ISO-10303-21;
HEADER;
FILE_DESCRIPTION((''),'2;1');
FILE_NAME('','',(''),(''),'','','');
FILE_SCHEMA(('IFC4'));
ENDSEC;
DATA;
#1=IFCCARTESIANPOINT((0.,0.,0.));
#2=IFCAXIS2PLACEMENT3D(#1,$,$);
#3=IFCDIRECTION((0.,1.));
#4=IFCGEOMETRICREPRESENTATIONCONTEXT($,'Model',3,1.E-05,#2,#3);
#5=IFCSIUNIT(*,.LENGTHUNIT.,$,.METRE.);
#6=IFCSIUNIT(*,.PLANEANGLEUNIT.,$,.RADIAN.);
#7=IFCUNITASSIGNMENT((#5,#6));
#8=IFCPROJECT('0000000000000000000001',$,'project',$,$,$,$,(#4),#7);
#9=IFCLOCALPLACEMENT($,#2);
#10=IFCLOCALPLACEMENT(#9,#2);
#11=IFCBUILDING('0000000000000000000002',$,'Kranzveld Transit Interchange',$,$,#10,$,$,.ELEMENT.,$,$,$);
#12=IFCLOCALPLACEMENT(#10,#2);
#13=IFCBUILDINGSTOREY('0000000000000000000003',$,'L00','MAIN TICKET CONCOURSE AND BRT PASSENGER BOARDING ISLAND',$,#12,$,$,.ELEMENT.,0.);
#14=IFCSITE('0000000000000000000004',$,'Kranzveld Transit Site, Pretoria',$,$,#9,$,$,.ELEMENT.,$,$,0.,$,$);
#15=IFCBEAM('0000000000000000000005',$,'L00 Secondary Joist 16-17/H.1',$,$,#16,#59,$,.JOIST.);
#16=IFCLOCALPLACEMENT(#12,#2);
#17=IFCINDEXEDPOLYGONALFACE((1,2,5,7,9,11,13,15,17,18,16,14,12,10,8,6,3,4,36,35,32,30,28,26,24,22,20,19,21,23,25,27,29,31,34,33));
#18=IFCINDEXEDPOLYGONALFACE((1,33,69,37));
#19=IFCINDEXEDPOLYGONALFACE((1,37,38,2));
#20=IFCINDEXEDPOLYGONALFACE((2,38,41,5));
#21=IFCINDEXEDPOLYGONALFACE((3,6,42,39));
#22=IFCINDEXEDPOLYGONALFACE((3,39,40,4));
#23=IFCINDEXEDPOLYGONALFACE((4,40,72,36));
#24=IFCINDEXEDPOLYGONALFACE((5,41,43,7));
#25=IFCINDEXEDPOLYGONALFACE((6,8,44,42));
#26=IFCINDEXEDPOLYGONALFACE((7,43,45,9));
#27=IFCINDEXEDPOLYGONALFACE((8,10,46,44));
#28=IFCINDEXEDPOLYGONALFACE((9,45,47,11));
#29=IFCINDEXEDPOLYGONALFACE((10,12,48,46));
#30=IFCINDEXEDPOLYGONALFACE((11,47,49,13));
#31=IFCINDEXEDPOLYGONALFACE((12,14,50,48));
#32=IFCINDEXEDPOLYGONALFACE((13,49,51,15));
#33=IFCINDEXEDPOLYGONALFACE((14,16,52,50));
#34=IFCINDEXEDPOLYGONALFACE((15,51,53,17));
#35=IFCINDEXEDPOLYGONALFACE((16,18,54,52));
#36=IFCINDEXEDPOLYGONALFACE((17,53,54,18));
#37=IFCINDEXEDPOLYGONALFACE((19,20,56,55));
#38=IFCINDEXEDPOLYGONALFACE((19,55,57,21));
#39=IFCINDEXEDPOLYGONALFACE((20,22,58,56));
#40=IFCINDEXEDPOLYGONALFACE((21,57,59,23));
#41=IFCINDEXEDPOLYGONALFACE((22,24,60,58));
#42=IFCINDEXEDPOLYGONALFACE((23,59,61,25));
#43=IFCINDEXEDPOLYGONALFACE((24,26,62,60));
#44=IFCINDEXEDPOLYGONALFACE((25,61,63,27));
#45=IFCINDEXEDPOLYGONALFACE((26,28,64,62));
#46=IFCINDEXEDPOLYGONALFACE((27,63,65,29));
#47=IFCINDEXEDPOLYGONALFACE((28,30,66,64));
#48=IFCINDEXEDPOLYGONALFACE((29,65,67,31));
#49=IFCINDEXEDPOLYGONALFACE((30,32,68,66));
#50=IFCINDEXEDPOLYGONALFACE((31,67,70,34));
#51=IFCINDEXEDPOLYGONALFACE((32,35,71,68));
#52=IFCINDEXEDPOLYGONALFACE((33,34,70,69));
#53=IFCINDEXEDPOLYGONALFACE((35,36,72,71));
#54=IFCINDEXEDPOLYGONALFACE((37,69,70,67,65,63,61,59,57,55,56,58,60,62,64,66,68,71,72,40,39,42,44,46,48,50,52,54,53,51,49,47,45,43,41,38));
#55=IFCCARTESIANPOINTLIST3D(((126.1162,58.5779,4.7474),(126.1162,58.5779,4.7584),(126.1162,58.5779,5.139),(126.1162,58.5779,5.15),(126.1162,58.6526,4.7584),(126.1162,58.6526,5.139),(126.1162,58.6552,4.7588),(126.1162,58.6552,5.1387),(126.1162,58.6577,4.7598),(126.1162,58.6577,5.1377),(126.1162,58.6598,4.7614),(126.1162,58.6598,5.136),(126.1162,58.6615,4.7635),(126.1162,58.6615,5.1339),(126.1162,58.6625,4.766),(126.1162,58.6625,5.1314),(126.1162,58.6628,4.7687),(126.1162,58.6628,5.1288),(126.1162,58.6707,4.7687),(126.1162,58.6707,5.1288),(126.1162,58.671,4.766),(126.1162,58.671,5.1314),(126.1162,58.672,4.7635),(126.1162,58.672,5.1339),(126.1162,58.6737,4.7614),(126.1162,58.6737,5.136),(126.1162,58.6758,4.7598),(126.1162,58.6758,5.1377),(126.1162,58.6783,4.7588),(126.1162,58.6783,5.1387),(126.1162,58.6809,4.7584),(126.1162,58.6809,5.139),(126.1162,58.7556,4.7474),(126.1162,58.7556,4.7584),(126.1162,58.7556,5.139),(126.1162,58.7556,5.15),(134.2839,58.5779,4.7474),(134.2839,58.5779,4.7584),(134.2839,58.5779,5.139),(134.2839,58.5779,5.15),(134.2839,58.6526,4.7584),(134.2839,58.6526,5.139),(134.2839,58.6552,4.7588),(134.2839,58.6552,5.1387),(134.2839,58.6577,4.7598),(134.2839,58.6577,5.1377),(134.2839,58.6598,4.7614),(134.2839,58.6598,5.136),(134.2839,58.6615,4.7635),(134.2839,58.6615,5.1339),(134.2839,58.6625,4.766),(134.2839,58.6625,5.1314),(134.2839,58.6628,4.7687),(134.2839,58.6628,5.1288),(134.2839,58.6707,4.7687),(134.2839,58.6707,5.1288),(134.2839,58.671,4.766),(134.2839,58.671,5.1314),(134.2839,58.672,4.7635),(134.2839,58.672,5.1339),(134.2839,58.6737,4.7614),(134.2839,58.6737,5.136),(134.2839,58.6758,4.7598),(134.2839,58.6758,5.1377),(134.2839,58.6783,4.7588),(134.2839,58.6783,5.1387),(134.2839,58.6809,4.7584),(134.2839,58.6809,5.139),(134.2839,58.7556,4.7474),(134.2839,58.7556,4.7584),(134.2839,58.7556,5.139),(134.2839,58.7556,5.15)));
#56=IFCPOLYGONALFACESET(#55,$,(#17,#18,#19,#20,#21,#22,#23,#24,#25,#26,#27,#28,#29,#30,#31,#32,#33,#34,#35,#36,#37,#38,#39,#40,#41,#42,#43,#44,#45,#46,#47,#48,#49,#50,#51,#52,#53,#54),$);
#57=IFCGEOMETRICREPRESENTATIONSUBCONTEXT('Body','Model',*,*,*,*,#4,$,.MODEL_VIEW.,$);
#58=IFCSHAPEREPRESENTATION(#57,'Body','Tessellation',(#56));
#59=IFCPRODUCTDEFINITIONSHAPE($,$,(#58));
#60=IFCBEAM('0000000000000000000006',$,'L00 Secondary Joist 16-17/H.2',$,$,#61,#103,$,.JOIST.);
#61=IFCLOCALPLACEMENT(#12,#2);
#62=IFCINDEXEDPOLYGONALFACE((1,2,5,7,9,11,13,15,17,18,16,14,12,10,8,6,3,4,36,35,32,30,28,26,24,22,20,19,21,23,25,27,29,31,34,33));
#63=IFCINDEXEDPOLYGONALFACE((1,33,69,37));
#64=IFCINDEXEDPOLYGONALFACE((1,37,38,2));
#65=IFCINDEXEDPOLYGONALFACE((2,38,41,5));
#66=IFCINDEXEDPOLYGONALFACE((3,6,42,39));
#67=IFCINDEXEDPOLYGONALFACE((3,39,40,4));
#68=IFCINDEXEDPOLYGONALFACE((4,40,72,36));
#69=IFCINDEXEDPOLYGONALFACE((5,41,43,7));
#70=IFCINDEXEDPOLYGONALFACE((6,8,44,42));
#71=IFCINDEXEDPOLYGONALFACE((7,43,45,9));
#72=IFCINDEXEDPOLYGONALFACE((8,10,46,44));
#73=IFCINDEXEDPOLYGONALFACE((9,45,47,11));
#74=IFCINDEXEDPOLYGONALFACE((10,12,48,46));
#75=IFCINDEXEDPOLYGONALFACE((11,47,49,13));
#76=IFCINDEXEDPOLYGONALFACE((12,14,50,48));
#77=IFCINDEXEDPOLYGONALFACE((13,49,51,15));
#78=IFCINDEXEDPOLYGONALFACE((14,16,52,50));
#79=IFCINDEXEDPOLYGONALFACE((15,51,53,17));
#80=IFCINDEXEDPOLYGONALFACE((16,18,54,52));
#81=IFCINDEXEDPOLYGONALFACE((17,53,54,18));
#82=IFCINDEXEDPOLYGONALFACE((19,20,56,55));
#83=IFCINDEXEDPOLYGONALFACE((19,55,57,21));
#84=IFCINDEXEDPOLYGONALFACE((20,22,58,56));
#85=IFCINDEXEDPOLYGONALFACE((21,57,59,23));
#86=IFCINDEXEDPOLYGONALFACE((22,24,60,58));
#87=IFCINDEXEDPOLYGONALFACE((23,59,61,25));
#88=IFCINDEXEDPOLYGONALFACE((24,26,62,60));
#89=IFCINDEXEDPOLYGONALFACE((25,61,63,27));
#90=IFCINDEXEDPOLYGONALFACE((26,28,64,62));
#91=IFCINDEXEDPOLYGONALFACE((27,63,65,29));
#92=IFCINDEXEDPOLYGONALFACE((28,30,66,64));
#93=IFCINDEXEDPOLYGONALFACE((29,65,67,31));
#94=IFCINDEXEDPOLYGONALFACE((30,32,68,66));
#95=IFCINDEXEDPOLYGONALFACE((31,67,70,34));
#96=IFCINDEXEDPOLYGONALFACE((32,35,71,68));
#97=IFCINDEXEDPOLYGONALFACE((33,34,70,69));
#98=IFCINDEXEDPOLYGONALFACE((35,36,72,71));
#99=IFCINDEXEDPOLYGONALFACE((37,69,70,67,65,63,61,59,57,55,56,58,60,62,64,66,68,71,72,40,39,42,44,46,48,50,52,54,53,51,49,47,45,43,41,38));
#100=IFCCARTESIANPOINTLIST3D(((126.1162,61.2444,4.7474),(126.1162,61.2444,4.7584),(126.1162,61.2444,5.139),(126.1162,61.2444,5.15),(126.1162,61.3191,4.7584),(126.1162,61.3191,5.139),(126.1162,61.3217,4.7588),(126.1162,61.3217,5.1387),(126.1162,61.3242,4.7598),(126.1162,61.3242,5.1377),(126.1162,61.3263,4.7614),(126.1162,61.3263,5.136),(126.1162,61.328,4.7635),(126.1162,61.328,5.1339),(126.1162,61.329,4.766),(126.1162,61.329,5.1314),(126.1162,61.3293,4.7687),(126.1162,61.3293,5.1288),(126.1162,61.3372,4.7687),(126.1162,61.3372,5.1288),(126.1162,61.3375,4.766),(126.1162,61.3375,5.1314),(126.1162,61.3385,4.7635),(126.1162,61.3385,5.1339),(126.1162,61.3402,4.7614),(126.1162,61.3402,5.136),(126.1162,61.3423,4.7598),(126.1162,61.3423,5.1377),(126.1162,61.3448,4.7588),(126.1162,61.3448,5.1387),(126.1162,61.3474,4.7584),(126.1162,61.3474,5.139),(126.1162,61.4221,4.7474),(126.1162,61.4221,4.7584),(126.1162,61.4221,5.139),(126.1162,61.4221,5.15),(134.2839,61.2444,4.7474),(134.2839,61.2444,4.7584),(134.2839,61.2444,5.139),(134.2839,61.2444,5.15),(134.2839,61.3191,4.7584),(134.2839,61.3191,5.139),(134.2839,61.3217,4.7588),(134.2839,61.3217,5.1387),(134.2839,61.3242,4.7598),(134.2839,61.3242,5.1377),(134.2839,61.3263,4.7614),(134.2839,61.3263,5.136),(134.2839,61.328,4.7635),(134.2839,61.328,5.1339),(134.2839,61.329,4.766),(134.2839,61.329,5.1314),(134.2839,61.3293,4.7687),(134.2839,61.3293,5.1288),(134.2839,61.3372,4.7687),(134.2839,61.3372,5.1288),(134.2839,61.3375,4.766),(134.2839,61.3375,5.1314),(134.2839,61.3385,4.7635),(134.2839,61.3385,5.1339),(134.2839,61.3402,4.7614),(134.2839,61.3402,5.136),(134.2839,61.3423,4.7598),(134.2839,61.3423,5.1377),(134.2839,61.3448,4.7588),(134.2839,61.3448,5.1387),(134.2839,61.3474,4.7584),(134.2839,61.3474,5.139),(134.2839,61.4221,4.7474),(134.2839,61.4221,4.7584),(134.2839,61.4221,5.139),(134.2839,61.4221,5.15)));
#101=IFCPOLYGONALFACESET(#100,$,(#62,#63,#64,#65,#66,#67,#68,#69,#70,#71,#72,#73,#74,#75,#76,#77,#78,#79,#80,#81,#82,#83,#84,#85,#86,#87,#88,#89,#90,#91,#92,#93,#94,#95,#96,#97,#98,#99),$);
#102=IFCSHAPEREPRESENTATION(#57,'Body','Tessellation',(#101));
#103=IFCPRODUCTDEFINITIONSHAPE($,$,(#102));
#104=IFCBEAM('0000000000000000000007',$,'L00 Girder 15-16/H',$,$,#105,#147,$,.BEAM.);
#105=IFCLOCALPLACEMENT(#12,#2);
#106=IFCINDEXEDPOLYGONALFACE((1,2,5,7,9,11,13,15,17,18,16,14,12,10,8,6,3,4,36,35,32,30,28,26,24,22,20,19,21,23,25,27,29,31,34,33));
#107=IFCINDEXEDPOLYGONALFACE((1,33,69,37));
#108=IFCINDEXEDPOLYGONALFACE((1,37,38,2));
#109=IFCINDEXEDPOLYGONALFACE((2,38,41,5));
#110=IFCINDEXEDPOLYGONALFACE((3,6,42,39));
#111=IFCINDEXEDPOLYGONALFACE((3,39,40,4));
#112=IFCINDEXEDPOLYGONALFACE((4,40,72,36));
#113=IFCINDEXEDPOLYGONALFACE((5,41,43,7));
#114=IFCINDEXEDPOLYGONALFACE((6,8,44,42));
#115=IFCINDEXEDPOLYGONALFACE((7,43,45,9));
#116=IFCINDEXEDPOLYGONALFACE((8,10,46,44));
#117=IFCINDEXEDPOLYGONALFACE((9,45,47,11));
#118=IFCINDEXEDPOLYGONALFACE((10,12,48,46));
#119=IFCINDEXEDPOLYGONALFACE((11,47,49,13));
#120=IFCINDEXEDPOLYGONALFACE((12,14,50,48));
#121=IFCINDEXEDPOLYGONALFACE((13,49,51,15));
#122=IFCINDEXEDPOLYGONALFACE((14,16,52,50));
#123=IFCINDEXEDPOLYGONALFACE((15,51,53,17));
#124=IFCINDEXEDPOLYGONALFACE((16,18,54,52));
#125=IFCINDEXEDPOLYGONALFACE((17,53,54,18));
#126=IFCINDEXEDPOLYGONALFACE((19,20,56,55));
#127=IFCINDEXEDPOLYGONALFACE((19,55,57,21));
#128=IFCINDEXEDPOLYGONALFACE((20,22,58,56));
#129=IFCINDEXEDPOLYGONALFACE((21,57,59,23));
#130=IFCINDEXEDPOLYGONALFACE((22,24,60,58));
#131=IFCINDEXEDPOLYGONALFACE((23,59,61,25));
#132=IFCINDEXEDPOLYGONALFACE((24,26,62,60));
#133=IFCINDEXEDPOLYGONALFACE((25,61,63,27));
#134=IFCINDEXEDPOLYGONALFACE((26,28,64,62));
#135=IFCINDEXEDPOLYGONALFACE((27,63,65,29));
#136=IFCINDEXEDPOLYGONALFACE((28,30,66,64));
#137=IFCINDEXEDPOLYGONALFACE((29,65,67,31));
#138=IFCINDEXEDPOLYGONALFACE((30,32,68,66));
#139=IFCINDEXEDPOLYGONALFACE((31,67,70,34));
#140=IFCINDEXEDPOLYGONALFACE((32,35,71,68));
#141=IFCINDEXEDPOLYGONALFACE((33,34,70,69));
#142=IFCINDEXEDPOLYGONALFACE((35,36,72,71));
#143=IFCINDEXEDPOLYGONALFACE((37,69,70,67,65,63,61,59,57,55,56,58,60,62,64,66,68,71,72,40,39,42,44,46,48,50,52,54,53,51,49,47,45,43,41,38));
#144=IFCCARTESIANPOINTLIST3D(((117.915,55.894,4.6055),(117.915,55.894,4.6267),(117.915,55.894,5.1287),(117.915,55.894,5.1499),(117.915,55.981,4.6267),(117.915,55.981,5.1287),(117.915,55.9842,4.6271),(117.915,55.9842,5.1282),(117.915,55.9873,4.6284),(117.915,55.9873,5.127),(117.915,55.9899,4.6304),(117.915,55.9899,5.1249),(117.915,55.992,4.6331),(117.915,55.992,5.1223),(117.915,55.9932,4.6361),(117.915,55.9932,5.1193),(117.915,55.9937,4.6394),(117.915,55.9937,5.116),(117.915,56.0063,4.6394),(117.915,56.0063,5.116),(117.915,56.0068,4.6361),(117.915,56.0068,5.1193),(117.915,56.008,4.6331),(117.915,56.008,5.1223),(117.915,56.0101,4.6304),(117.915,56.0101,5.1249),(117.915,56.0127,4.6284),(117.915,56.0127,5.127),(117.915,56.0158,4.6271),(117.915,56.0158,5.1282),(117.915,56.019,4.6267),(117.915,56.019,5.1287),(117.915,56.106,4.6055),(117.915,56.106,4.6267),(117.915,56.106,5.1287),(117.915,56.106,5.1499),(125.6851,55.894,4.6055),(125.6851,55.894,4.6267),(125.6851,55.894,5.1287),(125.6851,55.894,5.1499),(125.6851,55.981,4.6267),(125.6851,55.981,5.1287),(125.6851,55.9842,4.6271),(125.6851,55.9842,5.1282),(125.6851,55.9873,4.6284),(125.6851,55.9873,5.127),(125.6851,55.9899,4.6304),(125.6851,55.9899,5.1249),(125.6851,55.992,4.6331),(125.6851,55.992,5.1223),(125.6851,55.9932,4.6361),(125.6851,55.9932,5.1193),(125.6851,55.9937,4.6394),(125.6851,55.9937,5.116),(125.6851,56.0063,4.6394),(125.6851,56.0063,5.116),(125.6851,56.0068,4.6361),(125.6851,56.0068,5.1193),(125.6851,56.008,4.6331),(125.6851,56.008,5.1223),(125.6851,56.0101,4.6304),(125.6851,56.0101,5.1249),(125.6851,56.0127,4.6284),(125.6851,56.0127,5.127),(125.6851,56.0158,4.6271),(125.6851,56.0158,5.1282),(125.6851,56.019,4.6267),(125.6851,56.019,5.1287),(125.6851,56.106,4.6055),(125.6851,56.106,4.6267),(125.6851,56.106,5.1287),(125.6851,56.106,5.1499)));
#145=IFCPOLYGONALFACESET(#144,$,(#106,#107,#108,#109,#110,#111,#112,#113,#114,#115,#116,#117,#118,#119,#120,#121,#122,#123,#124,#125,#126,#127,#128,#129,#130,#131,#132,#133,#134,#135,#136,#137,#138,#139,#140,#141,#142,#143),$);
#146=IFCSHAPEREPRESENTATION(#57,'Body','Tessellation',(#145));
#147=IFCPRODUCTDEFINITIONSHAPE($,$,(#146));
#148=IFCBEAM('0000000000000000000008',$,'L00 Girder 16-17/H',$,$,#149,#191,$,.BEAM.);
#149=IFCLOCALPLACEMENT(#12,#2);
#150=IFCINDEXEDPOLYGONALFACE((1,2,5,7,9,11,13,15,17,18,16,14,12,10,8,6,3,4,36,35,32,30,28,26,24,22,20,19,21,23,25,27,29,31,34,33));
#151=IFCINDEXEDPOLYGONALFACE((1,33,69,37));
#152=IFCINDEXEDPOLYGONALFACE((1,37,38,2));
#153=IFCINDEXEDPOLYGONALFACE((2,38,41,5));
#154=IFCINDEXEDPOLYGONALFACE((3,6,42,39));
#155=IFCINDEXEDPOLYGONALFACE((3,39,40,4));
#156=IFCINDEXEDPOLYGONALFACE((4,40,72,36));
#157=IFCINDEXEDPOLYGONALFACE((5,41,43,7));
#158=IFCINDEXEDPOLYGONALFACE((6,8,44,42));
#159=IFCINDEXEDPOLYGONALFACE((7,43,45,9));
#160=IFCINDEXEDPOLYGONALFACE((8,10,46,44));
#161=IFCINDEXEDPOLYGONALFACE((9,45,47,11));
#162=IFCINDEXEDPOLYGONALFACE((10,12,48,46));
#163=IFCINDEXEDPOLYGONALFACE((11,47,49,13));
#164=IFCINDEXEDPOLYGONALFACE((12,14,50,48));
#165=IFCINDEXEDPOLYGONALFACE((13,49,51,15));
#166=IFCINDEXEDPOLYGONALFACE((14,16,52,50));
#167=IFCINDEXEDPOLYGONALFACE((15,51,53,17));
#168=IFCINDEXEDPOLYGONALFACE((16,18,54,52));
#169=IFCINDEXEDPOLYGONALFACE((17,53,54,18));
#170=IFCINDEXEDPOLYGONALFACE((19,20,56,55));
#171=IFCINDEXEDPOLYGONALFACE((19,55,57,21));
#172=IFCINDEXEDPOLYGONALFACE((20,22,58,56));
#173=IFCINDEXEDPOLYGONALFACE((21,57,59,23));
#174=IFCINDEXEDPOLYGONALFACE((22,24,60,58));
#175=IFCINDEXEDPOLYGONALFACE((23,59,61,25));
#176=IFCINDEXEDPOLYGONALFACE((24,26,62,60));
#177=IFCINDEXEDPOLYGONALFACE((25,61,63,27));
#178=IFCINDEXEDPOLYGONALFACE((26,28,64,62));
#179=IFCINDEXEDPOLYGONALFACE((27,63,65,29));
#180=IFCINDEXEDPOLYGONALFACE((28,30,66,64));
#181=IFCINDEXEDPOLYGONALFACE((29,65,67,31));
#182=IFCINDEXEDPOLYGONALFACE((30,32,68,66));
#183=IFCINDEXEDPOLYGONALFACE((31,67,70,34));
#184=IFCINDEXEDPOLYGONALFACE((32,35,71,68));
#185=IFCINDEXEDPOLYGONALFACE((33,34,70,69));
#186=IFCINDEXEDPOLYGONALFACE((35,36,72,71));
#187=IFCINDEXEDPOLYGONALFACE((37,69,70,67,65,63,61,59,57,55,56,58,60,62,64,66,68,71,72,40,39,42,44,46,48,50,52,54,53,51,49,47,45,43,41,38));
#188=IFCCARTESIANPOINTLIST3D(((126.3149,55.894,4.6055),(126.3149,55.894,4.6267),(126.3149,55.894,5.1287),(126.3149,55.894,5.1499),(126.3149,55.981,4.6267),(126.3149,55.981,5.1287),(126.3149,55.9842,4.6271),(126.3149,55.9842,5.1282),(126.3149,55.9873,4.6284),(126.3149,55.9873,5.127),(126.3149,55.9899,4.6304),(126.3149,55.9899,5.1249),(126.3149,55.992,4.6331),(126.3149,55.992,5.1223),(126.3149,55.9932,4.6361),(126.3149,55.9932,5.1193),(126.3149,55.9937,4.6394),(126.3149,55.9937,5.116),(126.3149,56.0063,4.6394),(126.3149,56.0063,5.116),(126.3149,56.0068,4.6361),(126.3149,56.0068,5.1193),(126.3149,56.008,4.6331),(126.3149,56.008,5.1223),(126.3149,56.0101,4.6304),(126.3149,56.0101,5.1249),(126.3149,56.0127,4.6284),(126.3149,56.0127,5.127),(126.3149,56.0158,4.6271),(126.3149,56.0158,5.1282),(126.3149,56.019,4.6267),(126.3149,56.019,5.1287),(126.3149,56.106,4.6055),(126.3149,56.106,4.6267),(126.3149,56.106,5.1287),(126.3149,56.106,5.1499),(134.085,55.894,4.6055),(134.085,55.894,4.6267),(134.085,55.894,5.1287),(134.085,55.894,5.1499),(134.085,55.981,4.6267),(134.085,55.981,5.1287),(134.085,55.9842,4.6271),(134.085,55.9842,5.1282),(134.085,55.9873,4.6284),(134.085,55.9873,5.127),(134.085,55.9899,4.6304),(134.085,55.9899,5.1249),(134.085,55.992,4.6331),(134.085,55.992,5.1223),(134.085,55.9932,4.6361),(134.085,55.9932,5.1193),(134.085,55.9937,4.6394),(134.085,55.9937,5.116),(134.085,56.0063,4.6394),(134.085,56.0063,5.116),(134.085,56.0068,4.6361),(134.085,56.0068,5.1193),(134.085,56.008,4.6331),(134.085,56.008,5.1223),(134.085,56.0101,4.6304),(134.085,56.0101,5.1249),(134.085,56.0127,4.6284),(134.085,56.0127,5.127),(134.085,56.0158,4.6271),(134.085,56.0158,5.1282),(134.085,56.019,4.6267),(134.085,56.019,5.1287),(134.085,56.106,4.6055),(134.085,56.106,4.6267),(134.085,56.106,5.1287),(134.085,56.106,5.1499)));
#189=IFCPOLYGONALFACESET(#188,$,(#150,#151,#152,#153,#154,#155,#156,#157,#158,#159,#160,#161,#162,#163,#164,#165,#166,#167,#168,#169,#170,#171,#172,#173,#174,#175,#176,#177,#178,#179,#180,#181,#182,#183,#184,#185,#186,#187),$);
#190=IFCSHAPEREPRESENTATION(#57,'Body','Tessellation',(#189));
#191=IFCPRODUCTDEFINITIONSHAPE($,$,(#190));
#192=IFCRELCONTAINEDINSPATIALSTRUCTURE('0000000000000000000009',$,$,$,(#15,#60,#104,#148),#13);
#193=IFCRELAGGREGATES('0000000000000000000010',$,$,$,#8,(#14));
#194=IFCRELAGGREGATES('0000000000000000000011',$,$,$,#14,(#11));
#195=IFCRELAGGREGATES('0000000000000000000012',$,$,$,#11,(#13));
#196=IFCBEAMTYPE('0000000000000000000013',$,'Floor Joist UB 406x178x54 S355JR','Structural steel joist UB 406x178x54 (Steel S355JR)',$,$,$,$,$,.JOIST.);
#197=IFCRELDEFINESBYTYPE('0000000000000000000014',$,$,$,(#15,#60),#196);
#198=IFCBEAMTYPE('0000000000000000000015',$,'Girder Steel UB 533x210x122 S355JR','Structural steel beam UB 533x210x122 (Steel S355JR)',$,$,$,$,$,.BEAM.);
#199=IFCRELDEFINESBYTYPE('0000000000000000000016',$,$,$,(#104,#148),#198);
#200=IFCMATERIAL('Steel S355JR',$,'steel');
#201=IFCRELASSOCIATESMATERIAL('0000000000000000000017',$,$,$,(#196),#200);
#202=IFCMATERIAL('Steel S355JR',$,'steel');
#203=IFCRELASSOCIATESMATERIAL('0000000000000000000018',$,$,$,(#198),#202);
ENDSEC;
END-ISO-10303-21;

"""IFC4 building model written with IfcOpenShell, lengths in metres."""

from ifc_helpers import new_model, si_unit, direction, frame, origin, origin_2d, place, context, subcontext, project, spatial, i_section, extrude, material, material_profile, profile_set, type_object, element, save


model = new_model("IFC4")

# Units and contexts
model_context = context("Model", 3, precision=1e-05, world=origin(), true_north=direction((0.0, 1.0)))
body_context = subcontext(model_context, "Body", "Model", "MODEL_VIEW")
ifc_project = project(units=[si_unit("LENGTHUNIT", "METRE"), si_unit("PLANEANGLEUNIT", "RADIAN")], contexts=[model_context])

# Site, building, storey
site_placement = place(None, origin())
site = spatial("IfcSite", under=ifc_project, at=site_placement, Name="Kranzveld Transit Site, Pretoria", CompositionType="ELEMENT", RefElevation=0.0)
building_placement = place(site_placement, origin())
building = spatial("IfcBuilding", under=site, at=building_placement, Name="Kranzveld Transit Interchange", CompositionType="ELEMENT")
storey_placement = place(building_placement, origin())
storey = spatial("IfcBuildingStorey", under=building, at=storey_placement, Name="L00", Description="MAIN TICKET CONCOURSE AND BRT PASSENGER BOARDING ISLAND", CompositionType="ELEMENT", Elevation=0.0)

# Beams
ifc_material_1 = material(Name="Steel S355JR", Category="steel")
ifc_material_profile_1 = material_profile(ifc_material_1, i_section(OverallWidth=0.1777, OverallDepth=0.4026, WebThickness=0.0078, FlangeThickness=0.011, FilletRadius=0.0103, at=origin_2d()), Name="UB 406x178x54")
ifc_profile_set_1 = profile_set([ifc_material_profile_1], Name="Steel S355JR")
beam_type_1 = type_object("IfcBeamType", Name="Floor Joist UB 406x178x54 S355JR", Description="Structural steel joist UB 406x178x54 (Steel S355JR)", PredefinedType="JOIST", material=ifc_profile_set_1)
for number, where, z_axis, x_axis, name in (
    (1, (126.1162, 58.6667, 4.9487), (1.0, 0.0, 0.0), (0.0, 1.0, 0.0), "L00 Secondary Joist 16-17/H.1"),
    (2, (126.1162, 61.3333, 4.9487), (1.0, 0.0, 0.0), (0.0, 1.0, 0.0), "L00 Secondary Joist 16-17/H.2"),
):
    element("IfcBeam", number, at=place(storey_placement, frame(where, z_axis=z_axis, x_axis=x_axis)), inside=storey, type_object=beam_type_1, Name=name, PredefinedType="JOIST", context=body_context, shape_type="SweptSolid", body=[
        extrude(i_section(OverallWidth=0.1777, OverallDepth=0.4026, WebThickness=0.0078, FlangeThickness=0.011, FilletRadius=0.0103, at=origin_2d()), origin(), (0.0, 0.0, 1.0), 8.1677),
    ])
ifc_material_2 = material(Name="Steel S355JR", Category="steel")
ifc_material_profile_2 = material_profile(ifc_material_2, i_section(OverallWidth=0.2119, OverallDepth=0.5444, WebThickness=0.0127, FlangeThickness=0.0212, FilletRadius=0.0127, at=origin_2d()), Name="UB 533x210x122")
ifc_profile_set_2 = profile_set([ifc_material_profile_2], Name="Steel S355JR")
beam_type_2 = type_object("IfcBeamType", Name="Girder Steel UB 533x210x122 S355JR", Description="Structural steel beam UB 533x210x122 (Steel S355JR)", PredefinedType="BEAM", material=ifc_profile_set_2)
for number, where, z_axis, x_axis, name in (
    (3, (117.915, 56.0, 4.8777), (1.0, 0.0, 0.0), (0.0, 1.0, 0.0), "L00 Girder 15-16/H"),
    (4, (126.3149, 56.0, 4.8777), (1.0, 0.0, 0.0), (0.0, 1.0, 0.0), "L00 Girder 16-17/H"),
):
    element("IfcBeam", number, at=place(storey_placement, frame(where, z_axis=z_axis, x_axis=x_axis)), inside=storey, type_object=beam_type_2, Name=name, PredefinedType="BEAM", context=body_context, shape_type="SweptSolid", body=[
        extrude(i_section(OverallWidth=0.2119, OverallDepth=0.5444, WebThickness=0.0127, FlangeThickness=0.0212, FilletRadius=0.0127, at=origin_2d()), origin(), (0.0, 0.0, 1.0), 7.77),
    ])

save(model, "model.ifc")
